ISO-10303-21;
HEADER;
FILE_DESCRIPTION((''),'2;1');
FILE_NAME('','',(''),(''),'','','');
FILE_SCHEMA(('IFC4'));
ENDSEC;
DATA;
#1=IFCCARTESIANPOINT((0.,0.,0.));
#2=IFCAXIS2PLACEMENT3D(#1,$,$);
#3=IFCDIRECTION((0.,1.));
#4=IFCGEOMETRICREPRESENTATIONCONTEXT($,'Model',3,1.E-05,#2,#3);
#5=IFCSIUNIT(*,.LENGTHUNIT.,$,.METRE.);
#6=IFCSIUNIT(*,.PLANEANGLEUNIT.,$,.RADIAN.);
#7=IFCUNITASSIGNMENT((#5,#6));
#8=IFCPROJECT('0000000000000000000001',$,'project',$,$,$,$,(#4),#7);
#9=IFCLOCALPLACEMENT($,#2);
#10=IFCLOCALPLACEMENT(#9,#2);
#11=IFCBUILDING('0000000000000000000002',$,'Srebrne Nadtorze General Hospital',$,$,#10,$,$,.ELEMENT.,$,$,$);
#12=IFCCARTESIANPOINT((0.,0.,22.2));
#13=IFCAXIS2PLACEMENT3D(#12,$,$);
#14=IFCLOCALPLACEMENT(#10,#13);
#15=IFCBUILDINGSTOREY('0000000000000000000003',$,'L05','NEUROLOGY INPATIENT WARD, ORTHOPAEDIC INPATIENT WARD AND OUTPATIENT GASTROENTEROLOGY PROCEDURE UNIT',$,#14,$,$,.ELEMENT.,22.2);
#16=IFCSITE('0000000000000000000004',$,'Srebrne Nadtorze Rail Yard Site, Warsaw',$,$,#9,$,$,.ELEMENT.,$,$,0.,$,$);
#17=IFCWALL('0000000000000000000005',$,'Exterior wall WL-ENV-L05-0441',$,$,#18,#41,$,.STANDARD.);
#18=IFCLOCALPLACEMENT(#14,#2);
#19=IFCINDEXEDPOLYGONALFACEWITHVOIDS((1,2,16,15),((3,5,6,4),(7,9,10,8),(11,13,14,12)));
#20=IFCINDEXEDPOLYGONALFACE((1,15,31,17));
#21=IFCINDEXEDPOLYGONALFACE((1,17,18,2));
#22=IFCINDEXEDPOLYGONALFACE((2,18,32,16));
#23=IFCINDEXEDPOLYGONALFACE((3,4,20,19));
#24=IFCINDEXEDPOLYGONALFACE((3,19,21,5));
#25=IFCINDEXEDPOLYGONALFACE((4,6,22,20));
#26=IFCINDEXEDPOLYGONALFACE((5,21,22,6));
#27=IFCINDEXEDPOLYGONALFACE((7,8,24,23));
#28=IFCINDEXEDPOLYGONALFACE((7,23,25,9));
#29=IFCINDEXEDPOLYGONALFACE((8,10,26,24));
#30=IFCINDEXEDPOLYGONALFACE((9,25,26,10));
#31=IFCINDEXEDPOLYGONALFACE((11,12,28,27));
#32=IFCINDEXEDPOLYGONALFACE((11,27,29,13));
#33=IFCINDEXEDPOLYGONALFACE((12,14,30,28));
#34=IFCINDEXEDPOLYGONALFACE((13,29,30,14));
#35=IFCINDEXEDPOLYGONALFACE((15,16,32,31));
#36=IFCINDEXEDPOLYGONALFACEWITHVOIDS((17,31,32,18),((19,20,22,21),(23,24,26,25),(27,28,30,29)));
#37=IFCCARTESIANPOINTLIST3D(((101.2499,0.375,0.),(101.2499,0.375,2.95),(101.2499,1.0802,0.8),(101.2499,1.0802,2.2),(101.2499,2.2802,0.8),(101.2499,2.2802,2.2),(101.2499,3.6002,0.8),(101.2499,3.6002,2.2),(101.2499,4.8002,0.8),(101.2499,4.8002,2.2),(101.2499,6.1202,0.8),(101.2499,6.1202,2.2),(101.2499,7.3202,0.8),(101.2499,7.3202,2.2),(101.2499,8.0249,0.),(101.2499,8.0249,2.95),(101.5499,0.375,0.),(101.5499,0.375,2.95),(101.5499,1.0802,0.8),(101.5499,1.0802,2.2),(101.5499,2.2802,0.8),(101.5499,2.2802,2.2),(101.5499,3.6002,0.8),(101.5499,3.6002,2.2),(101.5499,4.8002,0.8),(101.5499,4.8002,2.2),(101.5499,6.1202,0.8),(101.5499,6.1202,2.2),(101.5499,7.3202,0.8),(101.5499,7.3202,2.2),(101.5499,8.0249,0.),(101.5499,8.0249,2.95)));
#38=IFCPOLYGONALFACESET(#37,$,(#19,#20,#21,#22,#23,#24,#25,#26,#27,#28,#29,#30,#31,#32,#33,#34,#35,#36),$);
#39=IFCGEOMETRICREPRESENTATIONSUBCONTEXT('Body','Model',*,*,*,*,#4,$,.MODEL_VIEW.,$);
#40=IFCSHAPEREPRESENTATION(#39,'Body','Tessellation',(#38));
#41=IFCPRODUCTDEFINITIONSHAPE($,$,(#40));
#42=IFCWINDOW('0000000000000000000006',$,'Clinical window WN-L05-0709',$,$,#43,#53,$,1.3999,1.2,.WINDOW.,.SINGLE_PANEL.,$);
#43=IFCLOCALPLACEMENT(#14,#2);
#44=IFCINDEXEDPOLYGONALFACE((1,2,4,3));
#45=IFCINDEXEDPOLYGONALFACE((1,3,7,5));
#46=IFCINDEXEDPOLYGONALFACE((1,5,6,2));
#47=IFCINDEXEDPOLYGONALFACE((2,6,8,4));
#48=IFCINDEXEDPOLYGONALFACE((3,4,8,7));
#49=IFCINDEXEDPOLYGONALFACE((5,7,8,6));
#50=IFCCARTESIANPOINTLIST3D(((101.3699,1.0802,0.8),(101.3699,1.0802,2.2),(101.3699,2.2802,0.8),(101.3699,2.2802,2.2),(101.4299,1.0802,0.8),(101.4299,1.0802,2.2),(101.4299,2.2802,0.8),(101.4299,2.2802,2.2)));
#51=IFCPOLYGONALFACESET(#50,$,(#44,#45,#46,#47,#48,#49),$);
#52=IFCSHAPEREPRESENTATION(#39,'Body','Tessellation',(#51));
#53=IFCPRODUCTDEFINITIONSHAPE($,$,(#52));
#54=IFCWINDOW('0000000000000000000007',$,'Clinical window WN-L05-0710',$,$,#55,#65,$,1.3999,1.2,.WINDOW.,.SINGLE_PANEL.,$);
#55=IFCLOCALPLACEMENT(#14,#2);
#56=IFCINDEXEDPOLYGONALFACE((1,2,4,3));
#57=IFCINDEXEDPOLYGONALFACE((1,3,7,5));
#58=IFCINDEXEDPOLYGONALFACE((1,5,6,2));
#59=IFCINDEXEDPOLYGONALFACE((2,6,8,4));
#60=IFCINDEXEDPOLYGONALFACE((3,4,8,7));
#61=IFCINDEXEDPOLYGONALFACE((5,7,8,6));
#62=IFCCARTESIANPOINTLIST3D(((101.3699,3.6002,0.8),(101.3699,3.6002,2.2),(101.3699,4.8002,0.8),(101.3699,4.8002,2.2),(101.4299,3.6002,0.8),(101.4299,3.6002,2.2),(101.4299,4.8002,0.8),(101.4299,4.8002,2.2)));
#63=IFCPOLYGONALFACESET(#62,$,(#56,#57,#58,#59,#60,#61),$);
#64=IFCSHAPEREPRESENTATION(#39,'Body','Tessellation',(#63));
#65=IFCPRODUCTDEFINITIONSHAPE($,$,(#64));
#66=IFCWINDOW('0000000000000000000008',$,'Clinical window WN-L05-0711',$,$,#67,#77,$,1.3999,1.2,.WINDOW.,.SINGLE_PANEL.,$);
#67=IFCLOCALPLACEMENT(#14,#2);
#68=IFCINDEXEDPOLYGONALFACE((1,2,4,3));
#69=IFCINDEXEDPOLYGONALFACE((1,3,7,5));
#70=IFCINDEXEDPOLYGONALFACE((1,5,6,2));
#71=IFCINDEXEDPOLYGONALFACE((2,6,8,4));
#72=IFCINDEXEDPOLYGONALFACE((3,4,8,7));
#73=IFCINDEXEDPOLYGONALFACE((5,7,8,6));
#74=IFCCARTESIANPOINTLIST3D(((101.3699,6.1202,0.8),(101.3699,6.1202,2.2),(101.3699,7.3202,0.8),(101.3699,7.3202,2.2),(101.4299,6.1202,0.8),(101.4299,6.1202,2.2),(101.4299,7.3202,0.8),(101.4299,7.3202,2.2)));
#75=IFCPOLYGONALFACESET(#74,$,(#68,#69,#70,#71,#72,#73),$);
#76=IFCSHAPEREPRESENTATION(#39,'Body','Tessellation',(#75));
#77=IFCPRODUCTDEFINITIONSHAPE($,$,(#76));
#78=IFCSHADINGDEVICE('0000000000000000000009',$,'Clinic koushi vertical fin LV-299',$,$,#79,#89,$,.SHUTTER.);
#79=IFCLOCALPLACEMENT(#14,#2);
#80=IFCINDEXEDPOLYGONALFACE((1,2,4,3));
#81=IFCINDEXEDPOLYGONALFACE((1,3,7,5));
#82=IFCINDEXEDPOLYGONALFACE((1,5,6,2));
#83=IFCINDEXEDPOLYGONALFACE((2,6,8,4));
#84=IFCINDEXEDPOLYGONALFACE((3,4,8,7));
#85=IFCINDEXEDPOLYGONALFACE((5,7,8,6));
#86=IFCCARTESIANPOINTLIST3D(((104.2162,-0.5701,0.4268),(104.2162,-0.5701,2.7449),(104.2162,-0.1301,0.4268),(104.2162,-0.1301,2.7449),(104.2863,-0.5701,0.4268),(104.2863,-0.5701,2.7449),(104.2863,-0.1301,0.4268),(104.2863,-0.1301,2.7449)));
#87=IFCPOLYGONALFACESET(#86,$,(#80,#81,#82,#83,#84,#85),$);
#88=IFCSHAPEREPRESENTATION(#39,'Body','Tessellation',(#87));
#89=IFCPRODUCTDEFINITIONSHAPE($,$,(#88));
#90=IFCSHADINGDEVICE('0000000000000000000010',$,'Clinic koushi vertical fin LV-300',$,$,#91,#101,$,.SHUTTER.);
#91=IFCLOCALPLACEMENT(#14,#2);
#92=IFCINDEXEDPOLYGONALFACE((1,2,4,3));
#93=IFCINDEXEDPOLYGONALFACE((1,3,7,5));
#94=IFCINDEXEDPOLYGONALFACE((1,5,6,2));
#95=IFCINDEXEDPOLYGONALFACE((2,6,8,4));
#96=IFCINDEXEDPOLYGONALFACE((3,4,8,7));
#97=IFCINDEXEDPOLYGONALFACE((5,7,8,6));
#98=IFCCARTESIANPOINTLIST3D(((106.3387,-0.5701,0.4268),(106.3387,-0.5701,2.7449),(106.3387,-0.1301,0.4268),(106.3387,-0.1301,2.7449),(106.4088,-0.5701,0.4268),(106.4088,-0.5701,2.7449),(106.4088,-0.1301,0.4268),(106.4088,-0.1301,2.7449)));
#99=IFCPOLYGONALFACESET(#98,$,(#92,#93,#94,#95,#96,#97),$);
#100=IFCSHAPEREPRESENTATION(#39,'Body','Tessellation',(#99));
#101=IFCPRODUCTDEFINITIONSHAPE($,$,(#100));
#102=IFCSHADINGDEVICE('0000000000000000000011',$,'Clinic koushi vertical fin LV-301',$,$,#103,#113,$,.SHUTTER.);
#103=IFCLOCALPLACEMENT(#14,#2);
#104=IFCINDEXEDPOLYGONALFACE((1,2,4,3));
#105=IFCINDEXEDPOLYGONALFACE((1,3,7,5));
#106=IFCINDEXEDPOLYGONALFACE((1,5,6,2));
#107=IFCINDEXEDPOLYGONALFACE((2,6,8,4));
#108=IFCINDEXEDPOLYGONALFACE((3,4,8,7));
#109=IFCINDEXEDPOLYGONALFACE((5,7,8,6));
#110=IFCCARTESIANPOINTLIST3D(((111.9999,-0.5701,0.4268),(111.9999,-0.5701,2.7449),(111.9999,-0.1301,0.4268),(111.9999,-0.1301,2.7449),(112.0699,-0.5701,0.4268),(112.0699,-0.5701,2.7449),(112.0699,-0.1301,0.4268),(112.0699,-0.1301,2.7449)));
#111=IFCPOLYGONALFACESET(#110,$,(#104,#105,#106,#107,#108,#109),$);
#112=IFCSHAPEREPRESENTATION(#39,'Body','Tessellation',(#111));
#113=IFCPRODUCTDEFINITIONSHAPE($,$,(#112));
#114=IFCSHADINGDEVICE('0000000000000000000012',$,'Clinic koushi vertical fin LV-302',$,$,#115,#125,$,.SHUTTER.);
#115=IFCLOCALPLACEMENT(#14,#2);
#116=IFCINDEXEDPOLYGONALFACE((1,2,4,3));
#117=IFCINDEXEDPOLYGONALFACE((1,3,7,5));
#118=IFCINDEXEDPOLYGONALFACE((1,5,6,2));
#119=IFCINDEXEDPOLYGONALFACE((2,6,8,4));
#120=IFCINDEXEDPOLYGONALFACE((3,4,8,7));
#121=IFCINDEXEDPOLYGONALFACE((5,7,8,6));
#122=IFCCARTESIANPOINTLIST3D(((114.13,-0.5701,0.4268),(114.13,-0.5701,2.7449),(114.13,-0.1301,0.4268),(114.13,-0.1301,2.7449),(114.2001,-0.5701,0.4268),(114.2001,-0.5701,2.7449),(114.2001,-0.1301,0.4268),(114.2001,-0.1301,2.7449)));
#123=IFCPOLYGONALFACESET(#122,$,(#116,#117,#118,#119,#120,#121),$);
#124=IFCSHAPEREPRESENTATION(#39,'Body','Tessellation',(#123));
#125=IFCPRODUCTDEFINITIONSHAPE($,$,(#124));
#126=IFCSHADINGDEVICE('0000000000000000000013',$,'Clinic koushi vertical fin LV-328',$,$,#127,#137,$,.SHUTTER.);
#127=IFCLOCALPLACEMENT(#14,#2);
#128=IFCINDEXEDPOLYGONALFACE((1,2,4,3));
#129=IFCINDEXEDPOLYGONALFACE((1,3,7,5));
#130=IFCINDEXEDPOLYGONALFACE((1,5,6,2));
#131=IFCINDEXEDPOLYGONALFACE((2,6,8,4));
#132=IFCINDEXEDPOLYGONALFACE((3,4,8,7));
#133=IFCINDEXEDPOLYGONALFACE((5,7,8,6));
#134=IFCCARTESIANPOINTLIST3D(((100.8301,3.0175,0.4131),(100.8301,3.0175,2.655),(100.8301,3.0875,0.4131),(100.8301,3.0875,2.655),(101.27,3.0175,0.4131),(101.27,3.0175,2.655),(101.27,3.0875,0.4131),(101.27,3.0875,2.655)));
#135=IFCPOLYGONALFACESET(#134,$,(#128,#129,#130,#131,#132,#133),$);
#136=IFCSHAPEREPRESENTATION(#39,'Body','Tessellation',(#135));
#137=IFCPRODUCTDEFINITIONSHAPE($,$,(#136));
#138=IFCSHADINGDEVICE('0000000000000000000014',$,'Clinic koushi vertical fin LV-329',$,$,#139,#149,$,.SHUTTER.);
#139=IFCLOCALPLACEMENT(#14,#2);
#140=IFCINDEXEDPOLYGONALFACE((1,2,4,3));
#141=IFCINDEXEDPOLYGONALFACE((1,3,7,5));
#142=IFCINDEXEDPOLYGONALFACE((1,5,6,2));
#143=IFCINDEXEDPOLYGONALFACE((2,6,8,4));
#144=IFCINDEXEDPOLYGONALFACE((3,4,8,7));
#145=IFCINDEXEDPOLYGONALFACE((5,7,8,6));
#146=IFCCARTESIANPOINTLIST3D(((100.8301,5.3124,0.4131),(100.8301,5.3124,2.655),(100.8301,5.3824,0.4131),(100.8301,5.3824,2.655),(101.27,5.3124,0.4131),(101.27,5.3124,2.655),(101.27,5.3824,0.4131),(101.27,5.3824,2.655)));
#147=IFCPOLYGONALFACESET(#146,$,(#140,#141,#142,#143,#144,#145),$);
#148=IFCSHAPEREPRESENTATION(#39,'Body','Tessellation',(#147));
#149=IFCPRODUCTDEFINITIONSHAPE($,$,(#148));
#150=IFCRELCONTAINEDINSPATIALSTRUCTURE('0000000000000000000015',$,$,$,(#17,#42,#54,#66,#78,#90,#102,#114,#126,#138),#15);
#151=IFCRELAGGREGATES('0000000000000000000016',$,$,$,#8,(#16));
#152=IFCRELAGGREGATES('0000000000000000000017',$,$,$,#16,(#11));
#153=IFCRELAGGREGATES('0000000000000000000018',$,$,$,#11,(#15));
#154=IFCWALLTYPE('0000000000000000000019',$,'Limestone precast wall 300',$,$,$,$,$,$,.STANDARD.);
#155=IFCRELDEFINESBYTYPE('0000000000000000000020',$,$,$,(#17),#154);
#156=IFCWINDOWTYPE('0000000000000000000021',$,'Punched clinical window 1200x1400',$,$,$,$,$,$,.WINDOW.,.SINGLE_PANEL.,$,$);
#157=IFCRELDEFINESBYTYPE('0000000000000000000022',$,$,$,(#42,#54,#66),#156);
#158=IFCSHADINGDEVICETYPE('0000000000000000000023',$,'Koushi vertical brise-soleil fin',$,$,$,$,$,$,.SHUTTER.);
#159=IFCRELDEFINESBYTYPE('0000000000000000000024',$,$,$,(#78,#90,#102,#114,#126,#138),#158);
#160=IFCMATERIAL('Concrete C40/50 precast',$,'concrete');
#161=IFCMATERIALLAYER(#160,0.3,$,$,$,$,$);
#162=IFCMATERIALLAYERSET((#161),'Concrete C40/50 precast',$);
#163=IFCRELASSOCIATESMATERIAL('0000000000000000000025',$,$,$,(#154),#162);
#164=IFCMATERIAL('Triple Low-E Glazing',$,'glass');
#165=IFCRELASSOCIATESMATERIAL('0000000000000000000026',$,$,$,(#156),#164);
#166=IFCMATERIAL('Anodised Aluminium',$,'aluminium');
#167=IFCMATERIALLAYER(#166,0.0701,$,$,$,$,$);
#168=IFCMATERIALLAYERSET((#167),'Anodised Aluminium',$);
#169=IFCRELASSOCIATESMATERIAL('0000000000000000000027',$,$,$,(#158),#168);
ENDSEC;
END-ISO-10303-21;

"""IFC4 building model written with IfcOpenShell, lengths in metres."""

from ifc_helpers import new_model, si_unit, direction, frame, frame_2d, origin, origin_2d, place, context, subcontext, project, spatial, rectangle, extrude, material, layer, layer_set, type_object, element, fill, save


model = new_model("IFC4")

# Units and contexts
model_context = context("Model", 3, precision=1e-05, world=origin(), true_north=direction((0.0, 1.0)))
body_context = subcontext(model_context, "Body", "Model", "MODEL_VIEW")
ifc_project = project(units=[si_unit("LENGTHUNIT", "METRE"), si_unit("PLANEANGLEUNIT", "RADIAN")], contexts=[model_context])

# Site, building, storey
site_placement = place(None, origin())
site = spatial("IfcSite", under=ifc_project, at=site_placement, Name="Srebrne Nadtorze Rail Yard Site, Warsaw", CompositionType="ELEMENT", RefElevation=0.0)
building_placement = place(site_placement, origin())
building = spatial("IfcBuilding", under=site, at=building_placement, Name="Srebrne Nadtorze General Hospital", CompositionType="ELEMENT")
storey_placement = place(building_placement, frame((0.0, 0.0, 22.2)))
storey = spatial("IfcBuildingStorey", under=building, at=storey_placement, Name="L05", Description="NEUROLOGY INPATIENT WARD, ORTHOPAEDIC INPATIENT WARD AND OUTPATIENT GASTROENTEROLOGY PROCEDURE UNIT", CompositionType="ELEMENT", Elevation=22.2)

# Wall, openings, windows
ifc_material_1 = material(Name="Concrete C40/50 precast", Category="concrete")
ifc_layer_1 = layer(ifc_material_1, 0.3)
ifc_layer_set_1 = layer_set([ifc_layer_1], Name="Concrete C40/50 precast")
wall_type_1 = type_object("IfcWallType", Name="Limestone precast wall 300", PredefinedType="STANDARD", material=ifc_layer_set_1)
ifc_material_2 = material(Name="Triple Low-E Glazing", Category="glass")
window_type_1 = type_object("IfcWindowType", Name="Punched clinical window 1200x1400", PartitioningType="SINGLE_PANEL", PredefinedType="WINDOW", material=ifc_material_2)
wall_1_placement = place(storey_placement, frame((101.3999, 0.375, 0.0), z_axis=(0.0, 0.0, 1.0), x_axis=(0.0, 1.0, 0.0)))
wall_1 = element("IfcWall", 1, at=wall_1_placement, inside=storey, type_object=wall_type_1, Name="Exterior wall WL-ENV-L05-0441", PredefinedType="STANDARD", context=body_context, shape_type="SweptSolid", body=[
    extrude(rectangle(XDim=7.6499, YDim=0.3, at=frame_2d((3.825, 0.0))), origin(), (0.0, 0.0, 1.0), 2.95),
])
opening_1_placement = place(wall_1_placement, frame((0.7051, 0.0, 0.8)))
opening_1 = element("IfcOpeningElement", 2, at=opening_1_placement, cuts=wall_1, PredefinedType="OPENING", context=body_context, shape_type="SweptSolid", body=[
    extrude(rectangle(XDim=1.2, YDim=1.3999, at=frame_2d((0.6001, 0.7))), frame((0.0, 0.1621, 0.0), z_axis=(0.0, -1.0, 0.0), x_axis=(1.0, 0.0, 0.0)), (0.0, 0.0, 1.0), 0.324),
])
opening_2_placement = place(wall_1_placement, frame((3.2251, 0.0, 0.8)))
opening_2 = element("IfcOpeningElement", 3, at=opening_2_placement, cuts=wall_1, PredefinedType="OPENING", context=body_context, shape_type="SweptSolid", body=[
    extrude(rectangle(XDim=1.2, YDim=1.3999, at=frame_2d((0.6001, 0.7))), frame((0.0, 0.1621, 0.0), z_axis=(0.0, -1.0, 0.0), x_axis=(1.0, 0.0, 0.0)), (0.0, 0.0, 1.0), 0.324),
])
opening_3_placement = place(wall_1_placement, frame((5.7451, 0.0, 0.8)))
opening_3 = element("IfcOpeningElement", 4, at=opening_3_placement, cuts=wall_1, PredefinedType="OPENING", context=body_context, shape_type="SweptSolid", body=[
    extrude(rectangle(XDim=1.2, YDim=1.3999, at=frame_2d((0.6001, 0.7))), frame((0.0, 0.1621, 0.0), z_axis=(0.0, -1.0, 0.0), x_axis=(1.0, 0.0, 0.0)), (0.0, 0.0, 1.0), 0.324),
])
window_1_placement = place(opening_1_placement, origin())
window_1 = element("IfcWindow", 5, at=window_1_placement, inside=storey, type_object=window_type_1, Name="Clinical window WN-L05-0709", OverallHeight=1.3999, OverallWidth=1.2, PartitioningType="SINGLE_PANEL", PredefinedType="WINDOW", context=body_context, shape_type="SweptSolid", body=[
    extrude(rectangle(XDim=1.2, YDim=1.3999, at=frame_2d((0.6001, 0.7))), frame((0.0, 0.03, 0.0), z_axis=(0.0, -1.0, 0.0), x_axis=(1.0, 0.0, 0.0)), (0.0, 0.0, 1.0), 0.0601),
])
fill(opening_1, window_1)
window_2_placement = place(opening_2_placement, origin())
window_2 = element("IfcWindow", 6, at=window_2_placement, inside=storey, type_object=window_type_1, Name="Clinical window WN-L05-0710", OverallHeight=1.3999, OverallWidth=1.2, PartitioningType="SINGLE_PANEL", PredefinedType="WINDOW", context=body_context, shape_type="SweptSolid", body=[
    extrude(rectangle(XDim=1.2, YDim=1.3999, at=frame_2d((0.6001, 0.7))), frame((0.0, 0.03, 0.0), z_axis=(0.0, -1.0, 0.0), x_axis=(1.0, 0.0, 0.0)), (0.0, 0.0, 1.0), 0.0601),
])
fill(opening_2, window_2)
window_3_placement = place(opening_3_placement, origin())
window_3 = element("IfcWindow", 7, at=window_3_placement, inside=storey, type_object=window_type_1, Name="Clinical window WN-L05-0711", OverallHeight=1.3999, OverallWidth=1.2, PartitioningType="SINGLE_PANEL", PredefinedType="WINDOW", context=body_context, shape_type="SweptSolid", body=[
    extrude(rectangle(XDim=1.2, YDim=1.3999, at=frame_2d((0.6001, 0.7))), frame((0.0, 0.03, 0.0), z_axis=(0.0, -1.0, 0.0), x_axis=(1.0, 0.0, 0.0)), (0.0, 0.0, 1.0), 0.0601),
])
fill(opening_3, window_3)

# Shading devices
ifc_material_3 = material(Name="Anodised Aluminium", Category="aluminium")
ifc_layer_2 = layer(ifc_material_3, 0.0701)
ifc_layer_set_2 = layer_set([ifc_layer_2], Name="Anodised Aluminium")
shading_device_type = type_object("IfcShadingDeviceType", Name="Koushi vertical brise-soleil fin", PredefinedType="SHUTTER", material=ifc_layer_set_2)
for number, where, z_axis, x_axis, name in (
    (8, (104.2512, -0.3501, 0.4268), (0.0, 0.0, 1.0), (1.0, 0.0, 0.0), "Clinic koushi vertical fin LV-299"),
    (9, (106.3738, -0.3501, 0.4268), (0.0, 0.0, 1.0), (1.0, 0.0, 0.0), "Clinic koushi vertical fin LV-300"),
    (10, (112.0349, -0.3501, 0.4268), (0.0, 0.0, 1.0), (1.0, 0.0, 0.0), "Clinic koushi vertical fin LV-301"),
    (11, (114.165, -0.3501, 0.4268), (0.0, 0.0, 1.0), (1.0, 0.0, 0.0), "Clinic koushi vertical fin LV-302"),
):
    element("IfcShadingDevice", number, at=place(storey_placement, frame(where, z_axis=z_axis, x_axis=x_axis)), inside=storey, type_object=shading_device_type, Name=name, PredefinedType="SHUTTER", context=body_context, shape_type="SweptSolid", body=[
        extrude(rectangle(XDim=0.0701, YDim=0.4399, at=origin_2d()), origin(), (0.0, 0.0, 1.0), 2.3181),
    ])
for number, where, z_axis, x_axis, name in (
    (12, (101.05, 3.0525, 0.4131), (0.0, 0.0, 1.0), (1.0, 0.0, 0.0), "Clinic koushi vertical fin LV-328"),
    (13, (101.05, 5.3474, 0.4131), (0.0, 0.0, 1.0), (1.0, 0.0, 0.0), "Clinic koushi vertical fin LV-329"),
):
    element("IfcShadingDevice", number, at=place(storey_placement, frame(where, z_axis=z_axis, x_axis=x_axis)), inside=storey, type_object=shading_device_type, Name=name, PredefinedType="SHUTTER", context=body_context, shape_type="SweptSolid", body=[
        extrude(rectangle(XDim=0.4399, YDim=0.0701, at=origin_2d()), origin(), (0.0, 0.0, 1.0), 2.2419),
    ])

save(model, "model.ifc")
